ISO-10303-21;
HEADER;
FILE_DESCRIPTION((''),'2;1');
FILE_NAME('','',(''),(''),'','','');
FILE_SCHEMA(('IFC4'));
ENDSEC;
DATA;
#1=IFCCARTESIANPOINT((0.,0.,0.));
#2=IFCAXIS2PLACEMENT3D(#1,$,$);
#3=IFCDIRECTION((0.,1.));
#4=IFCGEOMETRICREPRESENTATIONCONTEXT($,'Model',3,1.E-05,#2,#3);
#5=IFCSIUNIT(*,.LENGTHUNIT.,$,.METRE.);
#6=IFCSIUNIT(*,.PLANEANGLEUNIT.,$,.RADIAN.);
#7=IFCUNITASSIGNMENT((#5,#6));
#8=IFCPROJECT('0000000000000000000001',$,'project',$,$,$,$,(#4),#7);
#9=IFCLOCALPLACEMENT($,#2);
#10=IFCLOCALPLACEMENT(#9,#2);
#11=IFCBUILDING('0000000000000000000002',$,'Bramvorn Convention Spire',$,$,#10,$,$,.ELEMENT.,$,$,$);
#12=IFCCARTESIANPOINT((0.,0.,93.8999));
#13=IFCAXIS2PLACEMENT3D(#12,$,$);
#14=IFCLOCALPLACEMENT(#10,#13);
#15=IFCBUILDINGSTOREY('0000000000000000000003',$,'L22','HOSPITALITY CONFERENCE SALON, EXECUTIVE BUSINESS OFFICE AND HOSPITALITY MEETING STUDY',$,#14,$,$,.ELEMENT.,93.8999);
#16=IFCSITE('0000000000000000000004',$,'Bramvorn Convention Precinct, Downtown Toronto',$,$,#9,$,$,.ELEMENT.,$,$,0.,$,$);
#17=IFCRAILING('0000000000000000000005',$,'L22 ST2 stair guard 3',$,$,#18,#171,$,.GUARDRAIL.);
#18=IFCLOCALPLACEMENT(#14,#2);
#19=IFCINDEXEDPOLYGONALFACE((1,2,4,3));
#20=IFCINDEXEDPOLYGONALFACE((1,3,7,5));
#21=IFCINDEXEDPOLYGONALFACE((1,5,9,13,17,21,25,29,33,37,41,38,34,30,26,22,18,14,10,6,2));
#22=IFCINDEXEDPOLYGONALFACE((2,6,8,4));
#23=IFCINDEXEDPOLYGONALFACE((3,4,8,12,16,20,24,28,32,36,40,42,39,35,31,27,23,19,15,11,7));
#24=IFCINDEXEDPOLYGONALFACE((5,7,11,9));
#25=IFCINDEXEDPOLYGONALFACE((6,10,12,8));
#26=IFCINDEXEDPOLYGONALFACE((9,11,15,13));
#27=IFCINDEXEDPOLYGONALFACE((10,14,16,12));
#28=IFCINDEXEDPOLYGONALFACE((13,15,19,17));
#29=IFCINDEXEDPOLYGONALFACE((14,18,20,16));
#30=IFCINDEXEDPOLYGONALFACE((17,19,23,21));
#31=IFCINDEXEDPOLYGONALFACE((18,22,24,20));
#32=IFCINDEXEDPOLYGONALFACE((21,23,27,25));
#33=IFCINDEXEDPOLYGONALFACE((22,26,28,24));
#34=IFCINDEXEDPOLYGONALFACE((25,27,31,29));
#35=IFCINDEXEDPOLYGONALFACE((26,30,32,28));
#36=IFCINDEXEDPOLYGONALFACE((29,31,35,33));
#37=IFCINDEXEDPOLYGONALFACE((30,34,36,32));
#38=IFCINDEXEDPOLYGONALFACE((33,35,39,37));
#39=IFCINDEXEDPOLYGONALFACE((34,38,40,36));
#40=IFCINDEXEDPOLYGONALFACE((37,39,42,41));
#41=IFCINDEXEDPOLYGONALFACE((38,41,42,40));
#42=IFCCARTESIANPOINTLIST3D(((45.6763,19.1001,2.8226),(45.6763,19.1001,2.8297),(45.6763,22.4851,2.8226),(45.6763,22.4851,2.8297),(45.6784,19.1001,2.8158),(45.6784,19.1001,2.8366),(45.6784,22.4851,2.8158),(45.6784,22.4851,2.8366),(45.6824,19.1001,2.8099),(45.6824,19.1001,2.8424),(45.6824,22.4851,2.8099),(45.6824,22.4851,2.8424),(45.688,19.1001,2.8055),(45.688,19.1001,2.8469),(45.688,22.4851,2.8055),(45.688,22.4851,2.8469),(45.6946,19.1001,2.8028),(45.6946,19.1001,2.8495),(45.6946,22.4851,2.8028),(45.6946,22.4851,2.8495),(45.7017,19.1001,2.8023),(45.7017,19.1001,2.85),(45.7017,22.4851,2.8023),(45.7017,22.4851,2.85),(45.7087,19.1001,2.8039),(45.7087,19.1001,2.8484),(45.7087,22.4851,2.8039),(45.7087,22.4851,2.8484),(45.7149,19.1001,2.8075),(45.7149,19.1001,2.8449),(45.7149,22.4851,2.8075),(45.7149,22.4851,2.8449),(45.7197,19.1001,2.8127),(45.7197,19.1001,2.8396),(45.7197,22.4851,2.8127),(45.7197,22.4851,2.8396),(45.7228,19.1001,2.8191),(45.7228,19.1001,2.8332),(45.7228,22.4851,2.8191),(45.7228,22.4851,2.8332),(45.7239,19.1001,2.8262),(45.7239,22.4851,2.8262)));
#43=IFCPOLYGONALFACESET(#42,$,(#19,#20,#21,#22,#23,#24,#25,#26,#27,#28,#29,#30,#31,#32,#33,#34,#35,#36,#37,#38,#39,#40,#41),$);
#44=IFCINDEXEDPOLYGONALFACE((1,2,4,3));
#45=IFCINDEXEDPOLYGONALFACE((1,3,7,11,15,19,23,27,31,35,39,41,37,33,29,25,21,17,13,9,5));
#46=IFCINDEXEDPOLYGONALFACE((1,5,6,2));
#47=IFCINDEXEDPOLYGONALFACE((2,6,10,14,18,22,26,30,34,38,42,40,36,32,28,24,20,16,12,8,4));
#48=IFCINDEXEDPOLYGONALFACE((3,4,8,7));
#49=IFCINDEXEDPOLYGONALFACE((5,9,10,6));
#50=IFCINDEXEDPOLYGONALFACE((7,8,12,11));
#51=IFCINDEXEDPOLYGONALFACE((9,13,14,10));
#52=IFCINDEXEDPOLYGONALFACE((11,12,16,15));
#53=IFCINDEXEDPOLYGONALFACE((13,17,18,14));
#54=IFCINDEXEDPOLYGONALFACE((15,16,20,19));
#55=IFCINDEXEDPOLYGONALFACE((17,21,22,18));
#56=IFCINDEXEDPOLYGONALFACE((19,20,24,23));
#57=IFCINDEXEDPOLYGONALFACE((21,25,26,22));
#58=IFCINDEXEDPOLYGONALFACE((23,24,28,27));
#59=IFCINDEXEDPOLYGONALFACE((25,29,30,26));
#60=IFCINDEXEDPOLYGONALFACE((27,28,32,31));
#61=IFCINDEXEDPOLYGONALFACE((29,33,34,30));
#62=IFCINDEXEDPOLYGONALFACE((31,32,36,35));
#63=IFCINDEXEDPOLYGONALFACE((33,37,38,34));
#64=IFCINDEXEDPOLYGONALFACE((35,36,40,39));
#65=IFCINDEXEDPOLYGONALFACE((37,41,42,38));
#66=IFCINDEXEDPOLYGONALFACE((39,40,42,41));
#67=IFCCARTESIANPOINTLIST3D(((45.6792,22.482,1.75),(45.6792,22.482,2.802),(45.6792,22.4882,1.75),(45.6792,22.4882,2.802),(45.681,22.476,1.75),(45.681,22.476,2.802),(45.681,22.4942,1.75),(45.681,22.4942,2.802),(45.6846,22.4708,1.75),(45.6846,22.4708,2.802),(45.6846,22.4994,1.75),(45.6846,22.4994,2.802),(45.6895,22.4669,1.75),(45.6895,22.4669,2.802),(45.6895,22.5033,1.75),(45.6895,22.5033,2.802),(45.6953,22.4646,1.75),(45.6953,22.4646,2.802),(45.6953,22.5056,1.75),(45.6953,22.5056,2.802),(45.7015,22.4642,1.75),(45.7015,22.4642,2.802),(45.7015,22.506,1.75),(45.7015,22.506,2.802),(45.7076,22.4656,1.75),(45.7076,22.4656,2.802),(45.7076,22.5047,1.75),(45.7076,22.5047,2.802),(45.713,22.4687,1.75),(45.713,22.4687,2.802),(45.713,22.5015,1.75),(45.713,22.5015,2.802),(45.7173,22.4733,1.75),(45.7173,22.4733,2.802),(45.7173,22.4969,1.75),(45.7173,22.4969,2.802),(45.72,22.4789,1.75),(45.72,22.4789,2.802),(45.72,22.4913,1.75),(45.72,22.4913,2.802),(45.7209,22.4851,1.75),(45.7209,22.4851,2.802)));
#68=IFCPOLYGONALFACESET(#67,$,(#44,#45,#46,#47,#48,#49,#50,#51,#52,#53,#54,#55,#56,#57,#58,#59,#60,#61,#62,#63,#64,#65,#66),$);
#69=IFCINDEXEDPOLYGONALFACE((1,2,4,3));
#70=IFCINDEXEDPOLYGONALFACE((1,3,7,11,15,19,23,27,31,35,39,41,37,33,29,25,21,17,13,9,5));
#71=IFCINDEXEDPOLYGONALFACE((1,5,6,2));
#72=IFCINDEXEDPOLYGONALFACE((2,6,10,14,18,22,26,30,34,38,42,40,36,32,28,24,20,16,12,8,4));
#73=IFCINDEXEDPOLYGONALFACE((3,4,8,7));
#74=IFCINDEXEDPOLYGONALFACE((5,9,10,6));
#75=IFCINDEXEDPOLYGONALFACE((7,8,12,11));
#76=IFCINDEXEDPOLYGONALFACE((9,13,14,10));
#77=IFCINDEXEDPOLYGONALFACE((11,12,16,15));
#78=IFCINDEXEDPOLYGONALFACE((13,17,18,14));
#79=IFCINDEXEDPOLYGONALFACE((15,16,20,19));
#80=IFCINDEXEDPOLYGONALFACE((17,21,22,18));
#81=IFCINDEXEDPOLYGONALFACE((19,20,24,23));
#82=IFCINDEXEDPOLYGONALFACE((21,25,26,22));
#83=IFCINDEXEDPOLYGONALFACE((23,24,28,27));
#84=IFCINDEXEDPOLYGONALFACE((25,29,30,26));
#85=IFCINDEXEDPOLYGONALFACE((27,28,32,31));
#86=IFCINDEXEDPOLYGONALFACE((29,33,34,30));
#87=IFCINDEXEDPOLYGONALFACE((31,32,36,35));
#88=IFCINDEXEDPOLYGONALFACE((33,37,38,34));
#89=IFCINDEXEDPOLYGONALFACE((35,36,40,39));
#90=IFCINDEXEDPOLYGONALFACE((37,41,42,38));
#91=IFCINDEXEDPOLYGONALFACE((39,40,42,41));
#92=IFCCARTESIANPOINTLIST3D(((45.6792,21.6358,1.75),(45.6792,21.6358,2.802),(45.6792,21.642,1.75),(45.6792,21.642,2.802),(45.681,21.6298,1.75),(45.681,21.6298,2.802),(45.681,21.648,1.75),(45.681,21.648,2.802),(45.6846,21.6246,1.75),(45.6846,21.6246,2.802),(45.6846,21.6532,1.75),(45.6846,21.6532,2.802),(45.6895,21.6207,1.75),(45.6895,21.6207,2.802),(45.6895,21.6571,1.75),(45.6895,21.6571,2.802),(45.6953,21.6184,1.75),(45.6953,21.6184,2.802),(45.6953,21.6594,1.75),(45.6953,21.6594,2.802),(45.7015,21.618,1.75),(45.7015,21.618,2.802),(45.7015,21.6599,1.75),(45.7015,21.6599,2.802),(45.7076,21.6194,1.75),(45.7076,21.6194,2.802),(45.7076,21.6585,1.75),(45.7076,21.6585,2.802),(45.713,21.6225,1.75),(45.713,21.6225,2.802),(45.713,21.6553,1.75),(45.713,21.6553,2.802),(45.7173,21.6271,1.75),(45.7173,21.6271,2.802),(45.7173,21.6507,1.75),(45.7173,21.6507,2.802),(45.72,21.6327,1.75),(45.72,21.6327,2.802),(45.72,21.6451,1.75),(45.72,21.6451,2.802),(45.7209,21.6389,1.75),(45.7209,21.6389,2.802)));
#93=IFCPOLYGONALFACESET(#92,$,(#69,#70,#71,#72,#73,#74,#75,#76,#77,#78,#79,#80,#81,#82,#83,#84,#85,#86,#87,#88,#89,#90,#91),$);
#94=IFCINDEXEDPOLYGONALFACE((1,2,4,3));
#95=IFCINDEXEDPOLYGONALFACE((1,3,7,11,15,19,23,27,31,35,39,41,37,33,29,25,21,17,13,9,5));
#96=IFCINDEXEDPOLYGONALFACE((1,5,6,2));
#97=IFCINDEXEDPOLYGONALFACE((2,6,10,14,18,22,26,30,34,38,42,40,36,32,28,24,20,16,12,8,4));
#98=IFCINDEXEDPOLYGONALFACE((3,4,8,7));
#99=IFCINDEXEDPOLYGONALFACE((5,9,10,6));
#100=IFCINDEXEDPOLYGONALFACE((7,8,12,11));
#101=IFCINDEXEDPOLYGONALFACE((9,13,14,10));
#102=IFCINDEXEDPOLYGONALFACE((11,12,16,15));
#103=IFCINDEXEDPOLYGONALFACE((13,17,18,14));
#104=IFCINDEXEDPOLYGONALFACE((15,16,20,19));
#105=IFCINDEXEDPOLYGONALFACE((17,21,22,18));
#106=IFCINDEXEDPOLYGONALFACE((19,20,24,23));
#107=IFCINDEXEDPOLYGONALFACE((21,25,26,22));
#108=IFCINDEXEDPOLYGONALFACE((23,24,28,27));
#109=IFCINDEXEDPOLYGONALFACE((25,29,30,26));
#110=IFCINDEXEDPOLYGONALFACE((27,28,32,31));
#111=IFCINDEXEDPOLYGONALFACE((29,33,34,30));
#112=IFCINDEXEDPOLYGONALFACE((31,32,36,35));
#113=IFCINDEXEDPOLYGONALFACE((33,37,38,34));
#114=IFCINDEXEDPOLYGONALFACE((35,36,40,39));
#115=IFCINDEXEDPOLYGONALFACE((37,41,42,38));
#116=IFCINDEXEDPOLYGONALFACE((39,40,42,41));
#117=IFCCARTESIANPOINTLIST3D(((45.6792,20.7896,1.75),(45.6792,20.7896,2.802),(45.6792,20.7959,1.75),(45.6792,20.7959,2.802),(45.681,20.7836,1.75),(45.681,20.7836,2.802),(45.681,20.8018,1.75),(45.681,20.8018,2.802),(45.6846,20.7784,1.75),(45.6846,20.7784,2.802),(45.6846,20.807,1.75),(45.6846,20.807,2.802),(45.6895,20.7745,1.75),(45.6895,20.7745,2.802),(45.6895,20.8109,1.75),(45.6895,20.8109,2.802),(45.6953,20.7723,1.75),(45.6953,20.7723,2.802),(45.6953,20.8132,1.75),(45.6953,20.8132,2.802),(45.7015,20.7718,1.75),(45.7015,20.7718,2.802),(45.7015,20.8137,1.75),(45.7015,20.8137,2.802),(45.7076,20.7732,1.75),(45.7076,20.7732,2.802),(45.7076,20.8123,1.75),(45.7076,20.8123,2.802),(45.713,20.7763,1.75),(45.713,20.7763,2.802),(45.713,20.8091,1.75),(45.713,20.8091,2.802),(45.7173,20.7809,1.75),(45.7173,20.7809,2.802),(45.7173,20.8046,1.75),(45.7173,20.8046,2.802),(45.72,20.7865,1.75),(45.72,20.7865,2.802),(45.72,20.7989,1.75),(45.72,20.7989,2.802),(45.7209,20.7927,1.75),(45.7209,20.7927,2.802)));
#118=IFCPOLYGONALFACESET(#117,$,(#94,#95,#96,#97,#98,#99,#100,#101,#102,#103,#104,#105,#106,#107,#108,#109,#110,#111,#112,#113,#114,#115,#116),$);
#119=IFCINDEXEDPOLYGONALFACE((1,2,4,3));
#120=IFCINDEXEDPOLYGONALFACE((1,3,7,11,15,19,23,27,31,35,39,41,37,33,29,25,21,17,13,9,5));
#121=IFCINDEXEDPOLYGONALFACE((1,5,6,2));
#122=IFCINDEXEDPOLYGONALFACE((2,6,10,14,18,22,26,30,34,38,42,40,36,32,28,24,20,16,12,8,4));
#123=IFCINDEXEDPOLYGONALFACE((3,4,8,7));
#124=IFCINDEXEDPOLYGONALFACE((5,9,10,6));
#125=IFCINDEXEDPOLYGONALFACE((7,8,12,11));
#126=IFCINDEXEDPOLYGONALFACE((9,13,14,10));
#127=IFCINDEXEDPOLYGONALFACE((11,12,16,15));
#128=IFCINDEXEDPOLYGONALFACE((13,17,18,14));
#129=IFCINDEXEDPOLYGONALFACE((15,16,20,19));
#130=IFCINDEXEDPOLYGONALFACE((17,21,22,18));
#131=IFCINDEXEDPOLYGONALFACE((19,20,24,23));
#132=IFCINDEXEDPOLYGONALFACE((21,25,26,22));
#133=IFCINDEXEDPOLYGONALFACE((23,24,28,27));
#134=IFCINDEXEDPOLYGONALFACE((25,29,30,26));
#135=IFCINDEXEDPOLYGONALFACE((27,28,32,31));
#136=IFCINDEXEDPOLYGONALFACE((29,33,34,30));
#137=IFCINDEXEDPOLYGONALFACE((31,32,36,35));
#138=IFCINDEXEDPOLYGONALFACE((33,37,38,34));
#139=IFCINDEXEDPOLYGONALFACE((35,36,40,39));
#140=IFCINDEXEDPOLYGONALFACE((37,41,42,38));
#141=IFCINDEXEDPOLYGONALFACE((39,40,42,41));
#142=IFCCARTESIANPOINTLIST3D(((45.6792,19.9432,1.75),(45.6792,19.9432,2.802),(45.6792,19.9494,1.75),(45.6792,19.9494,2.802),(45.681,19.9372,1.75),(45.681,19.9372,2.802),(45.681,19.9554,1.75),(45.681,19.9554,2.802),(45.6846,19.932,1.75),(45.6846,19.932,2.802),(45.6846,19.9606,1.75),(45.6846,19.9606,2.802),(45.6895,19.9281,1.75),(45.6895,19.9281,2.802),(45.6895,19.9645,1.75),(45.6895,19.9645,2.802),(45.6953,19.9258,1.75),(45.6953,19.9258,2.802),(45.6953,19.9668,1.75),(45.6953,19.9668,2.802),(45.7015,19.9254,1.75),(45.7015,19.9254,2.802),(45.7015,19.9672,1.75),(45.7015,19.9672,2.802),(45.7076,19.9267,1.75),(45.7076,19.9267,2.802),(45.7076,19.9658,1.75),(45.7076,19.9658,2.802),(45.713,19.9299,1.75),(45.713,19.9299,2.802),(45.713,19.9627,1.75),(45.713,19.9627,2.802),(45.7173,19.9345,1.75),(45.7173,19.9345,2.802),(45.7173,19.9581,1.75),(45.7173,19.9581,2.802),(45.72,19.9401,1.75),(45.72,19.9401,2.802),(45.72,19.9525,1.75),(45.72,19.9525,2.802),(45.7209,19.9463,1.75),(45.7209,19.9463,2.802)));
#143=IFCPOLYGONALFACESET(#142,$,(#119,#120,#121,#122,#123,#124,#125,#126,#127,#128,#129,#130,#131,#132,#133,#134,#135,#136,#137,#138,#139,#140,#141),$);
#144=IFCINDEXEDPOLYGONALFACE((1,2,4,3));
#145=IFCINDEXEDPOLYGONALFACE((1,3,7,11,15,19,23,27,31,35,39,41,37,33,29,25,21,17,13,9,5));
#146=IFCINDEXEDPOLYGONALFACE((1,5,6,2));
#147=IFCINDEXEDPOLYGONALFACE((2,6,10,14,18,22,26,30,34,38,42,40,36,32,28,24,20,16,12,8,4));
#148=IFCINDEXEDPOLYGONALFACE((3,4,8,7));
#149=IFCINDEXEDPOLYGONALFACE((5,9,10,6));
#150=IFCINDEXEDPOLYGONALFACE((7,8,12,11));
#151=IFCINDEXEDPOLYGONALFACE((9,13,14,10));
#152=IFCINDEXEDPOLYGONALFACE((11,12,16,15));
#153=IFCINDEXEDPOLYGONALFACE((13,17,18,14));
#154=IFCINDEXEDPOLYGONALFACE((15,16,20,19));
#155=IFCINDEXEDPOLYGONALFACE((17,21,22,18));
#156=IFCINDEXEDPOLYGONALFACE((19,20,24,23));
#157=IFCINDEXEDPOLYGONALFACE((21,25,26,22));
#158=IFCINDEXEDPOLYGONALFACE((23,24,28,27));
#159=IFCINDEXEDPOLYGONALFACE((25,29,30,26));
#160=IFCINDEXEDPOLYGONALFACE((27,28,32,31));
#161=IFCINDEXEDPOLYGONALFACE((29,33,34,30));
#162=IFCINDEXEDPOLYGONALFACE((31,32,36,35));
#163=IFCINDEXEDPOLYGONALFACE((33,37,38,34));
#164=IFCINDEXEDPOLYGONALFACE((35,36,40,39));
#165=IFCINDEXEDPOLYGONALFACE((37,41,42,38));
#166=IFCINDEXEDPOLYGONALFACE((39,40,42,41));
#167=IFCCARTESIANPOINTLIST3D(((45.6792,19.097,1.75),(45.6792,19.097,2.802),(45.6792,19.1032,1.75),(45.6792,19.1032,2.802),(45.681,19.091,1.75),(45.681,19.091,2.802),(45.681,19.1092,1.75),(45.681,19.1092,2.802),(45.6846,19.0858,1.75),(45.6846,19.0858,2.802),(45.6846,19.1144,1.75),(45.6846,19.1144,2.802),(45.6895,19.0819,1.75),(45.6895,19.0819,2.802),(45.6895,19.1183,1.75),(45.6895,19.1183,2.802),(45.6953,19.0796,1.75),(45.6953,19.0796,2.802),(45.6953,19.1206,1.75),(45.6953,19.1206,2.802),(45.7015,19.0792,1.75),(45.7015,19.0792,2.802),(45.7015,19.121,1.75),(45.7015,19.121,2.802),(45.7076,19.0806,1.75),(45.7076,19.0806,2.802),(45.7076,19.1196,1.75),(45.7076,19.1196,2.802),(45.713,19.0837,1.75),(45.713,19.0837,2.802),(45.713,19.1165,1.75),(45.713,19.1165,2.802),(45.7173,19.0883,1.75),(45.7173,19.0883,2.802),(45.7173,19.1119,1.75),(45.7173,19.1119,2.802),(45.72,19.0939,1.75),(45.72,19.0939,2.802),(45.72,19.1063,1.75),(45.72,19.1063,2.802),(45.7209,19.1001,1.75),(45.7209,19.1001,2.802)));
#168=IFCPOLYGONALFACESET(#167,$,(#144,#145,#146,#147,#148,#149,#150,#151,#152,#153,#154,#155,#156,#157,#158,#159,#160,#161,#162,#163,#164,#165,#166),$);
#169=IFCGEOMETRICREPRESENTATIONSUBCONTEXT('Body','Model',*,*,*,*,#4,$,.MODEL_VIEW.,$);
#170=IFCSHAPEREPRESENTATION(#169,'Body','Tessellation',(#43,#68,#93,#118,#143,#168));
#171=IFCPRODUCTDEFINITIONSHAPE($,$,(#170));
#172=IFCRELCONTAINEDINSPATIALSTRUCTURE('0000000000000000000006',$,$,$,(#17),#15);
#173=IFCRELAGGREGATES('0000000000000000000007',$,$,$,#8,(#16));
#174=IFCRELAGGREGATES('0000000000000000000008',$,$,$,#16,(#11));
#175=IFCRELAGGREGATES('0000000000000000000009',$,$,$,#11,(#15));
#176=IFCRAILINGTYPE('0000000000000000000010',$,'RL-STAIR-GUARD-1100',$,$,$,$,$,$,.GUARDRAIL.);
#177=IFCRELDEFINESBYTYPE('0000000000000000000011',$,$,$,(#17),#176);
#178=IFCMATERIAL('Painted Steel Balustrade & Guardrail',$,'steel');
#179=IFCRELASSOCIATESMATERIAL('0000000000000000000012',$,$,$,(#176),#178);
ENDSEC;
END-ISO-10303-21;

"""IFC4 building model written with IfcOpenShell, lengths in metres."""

from ifc_helpers import new_model, si_unit, direction, frame, origin, origin_2d, place, context, subcontext, project, spatial, circle, extrude, material, type_object, element, save


model = new_model("IFC4")

# Units and contexts
model_context = context("Model", 3, precision=1e-05, world=origin(), true_north=direction((0.0, 1.0)))
body_context = subcontext(model_context, "Body", "Model", "MODEL_VIEW")
ifc_project = project(units=[si_unit("LENGTHUNIT", "METRE"), si_unit("PLANEANGLEUNIT", "RADIAN")], contexts=[model_context])

# Site, building, storey
site_placement = place(None, origin())
site = spatial("IfcSite", under=ifc_project, at=site_placement, Name="Bramvorn Convention Precinct, Downtown Toronto", CompositionType="ELEMENT", RefElevation=0.0)
building_placement = place(site_placement, origin())
building = spatial("IfcBuilding", under=site, at=building_placement, Name="Bramvorn Convention Spire", CompositionType="ELEMENT")
storey_placement = place(building_placement, frame((0.0, 0.0, 93.8999)))
storey = spatial("IfcBuildingStorey", under=building, at=storey_placement, Name="L22", Description="HOSPITALITY CONFERENCE SALON, EXECUTIVE BUSINESS OFFICE AND HOSPITALITY MEETING STUDY", CompositionType="ELEMENT", Elevation=93.8999)

# Railing
ifc_material_1 = material(Name="Painted Steel Balustrade & Guardrail", Category="steel")
railing_type_1 = type_object("IfcRailingType", Name="RL-STAIR-GUARD-1100", PredefinedType="GUARDRAIL", material=ifc_material_1)
for number, where, name in (
    (1, (45.7, 22.4851, 1.75), "L22 ST2 stair guard 3"),
):
    element("IfcRailing", number, at=place(storey_placement, frame(where)), inside=storey, type_object=railing_type_1, Name=name, PredefinedType="GUARDRAIL", context=body_context, shape_type="SweptSolid", body=[
        extrude(circle(Radius=0.0239, at=origin_2d()), frame((0.0, 0.0, 1.0762), z_axis=(0.0, -1.0, 0.0), x_axis=(1.0, 0.0, 0.0)), (0.0, 0.0, 1.0), 3.385),
        extrude(circle(Radius=0.021, at=origin_2d()), origin(), (0.0, 0.0, 1.0), 1.052),
        extrude(circle(Radius=0.021, at=origin_2d()), frame((0.0, -0.8462, 0.0)), (0.0, 0.0, 1.0), 1.052),
        extrude(circle(Radius=0.021, at=origin_2d()), frame((0.0, -1.6924, 0.0)), (0.0, 0.0, 1.0), 1.052),
        extrude(circle(Radius=0.021, at=origin_2d()), frame((0.0, -2.5388, 0.0)), (0.0, 0.0, 1.0), 1.052),
        extrude(circle(Radius=0.021, at=origin_2d()), frame((0.0, -3.385, 0.0)), (0.0, 0.0, 1.0), 1.052),
    ])

save(model, "model.ifc")
